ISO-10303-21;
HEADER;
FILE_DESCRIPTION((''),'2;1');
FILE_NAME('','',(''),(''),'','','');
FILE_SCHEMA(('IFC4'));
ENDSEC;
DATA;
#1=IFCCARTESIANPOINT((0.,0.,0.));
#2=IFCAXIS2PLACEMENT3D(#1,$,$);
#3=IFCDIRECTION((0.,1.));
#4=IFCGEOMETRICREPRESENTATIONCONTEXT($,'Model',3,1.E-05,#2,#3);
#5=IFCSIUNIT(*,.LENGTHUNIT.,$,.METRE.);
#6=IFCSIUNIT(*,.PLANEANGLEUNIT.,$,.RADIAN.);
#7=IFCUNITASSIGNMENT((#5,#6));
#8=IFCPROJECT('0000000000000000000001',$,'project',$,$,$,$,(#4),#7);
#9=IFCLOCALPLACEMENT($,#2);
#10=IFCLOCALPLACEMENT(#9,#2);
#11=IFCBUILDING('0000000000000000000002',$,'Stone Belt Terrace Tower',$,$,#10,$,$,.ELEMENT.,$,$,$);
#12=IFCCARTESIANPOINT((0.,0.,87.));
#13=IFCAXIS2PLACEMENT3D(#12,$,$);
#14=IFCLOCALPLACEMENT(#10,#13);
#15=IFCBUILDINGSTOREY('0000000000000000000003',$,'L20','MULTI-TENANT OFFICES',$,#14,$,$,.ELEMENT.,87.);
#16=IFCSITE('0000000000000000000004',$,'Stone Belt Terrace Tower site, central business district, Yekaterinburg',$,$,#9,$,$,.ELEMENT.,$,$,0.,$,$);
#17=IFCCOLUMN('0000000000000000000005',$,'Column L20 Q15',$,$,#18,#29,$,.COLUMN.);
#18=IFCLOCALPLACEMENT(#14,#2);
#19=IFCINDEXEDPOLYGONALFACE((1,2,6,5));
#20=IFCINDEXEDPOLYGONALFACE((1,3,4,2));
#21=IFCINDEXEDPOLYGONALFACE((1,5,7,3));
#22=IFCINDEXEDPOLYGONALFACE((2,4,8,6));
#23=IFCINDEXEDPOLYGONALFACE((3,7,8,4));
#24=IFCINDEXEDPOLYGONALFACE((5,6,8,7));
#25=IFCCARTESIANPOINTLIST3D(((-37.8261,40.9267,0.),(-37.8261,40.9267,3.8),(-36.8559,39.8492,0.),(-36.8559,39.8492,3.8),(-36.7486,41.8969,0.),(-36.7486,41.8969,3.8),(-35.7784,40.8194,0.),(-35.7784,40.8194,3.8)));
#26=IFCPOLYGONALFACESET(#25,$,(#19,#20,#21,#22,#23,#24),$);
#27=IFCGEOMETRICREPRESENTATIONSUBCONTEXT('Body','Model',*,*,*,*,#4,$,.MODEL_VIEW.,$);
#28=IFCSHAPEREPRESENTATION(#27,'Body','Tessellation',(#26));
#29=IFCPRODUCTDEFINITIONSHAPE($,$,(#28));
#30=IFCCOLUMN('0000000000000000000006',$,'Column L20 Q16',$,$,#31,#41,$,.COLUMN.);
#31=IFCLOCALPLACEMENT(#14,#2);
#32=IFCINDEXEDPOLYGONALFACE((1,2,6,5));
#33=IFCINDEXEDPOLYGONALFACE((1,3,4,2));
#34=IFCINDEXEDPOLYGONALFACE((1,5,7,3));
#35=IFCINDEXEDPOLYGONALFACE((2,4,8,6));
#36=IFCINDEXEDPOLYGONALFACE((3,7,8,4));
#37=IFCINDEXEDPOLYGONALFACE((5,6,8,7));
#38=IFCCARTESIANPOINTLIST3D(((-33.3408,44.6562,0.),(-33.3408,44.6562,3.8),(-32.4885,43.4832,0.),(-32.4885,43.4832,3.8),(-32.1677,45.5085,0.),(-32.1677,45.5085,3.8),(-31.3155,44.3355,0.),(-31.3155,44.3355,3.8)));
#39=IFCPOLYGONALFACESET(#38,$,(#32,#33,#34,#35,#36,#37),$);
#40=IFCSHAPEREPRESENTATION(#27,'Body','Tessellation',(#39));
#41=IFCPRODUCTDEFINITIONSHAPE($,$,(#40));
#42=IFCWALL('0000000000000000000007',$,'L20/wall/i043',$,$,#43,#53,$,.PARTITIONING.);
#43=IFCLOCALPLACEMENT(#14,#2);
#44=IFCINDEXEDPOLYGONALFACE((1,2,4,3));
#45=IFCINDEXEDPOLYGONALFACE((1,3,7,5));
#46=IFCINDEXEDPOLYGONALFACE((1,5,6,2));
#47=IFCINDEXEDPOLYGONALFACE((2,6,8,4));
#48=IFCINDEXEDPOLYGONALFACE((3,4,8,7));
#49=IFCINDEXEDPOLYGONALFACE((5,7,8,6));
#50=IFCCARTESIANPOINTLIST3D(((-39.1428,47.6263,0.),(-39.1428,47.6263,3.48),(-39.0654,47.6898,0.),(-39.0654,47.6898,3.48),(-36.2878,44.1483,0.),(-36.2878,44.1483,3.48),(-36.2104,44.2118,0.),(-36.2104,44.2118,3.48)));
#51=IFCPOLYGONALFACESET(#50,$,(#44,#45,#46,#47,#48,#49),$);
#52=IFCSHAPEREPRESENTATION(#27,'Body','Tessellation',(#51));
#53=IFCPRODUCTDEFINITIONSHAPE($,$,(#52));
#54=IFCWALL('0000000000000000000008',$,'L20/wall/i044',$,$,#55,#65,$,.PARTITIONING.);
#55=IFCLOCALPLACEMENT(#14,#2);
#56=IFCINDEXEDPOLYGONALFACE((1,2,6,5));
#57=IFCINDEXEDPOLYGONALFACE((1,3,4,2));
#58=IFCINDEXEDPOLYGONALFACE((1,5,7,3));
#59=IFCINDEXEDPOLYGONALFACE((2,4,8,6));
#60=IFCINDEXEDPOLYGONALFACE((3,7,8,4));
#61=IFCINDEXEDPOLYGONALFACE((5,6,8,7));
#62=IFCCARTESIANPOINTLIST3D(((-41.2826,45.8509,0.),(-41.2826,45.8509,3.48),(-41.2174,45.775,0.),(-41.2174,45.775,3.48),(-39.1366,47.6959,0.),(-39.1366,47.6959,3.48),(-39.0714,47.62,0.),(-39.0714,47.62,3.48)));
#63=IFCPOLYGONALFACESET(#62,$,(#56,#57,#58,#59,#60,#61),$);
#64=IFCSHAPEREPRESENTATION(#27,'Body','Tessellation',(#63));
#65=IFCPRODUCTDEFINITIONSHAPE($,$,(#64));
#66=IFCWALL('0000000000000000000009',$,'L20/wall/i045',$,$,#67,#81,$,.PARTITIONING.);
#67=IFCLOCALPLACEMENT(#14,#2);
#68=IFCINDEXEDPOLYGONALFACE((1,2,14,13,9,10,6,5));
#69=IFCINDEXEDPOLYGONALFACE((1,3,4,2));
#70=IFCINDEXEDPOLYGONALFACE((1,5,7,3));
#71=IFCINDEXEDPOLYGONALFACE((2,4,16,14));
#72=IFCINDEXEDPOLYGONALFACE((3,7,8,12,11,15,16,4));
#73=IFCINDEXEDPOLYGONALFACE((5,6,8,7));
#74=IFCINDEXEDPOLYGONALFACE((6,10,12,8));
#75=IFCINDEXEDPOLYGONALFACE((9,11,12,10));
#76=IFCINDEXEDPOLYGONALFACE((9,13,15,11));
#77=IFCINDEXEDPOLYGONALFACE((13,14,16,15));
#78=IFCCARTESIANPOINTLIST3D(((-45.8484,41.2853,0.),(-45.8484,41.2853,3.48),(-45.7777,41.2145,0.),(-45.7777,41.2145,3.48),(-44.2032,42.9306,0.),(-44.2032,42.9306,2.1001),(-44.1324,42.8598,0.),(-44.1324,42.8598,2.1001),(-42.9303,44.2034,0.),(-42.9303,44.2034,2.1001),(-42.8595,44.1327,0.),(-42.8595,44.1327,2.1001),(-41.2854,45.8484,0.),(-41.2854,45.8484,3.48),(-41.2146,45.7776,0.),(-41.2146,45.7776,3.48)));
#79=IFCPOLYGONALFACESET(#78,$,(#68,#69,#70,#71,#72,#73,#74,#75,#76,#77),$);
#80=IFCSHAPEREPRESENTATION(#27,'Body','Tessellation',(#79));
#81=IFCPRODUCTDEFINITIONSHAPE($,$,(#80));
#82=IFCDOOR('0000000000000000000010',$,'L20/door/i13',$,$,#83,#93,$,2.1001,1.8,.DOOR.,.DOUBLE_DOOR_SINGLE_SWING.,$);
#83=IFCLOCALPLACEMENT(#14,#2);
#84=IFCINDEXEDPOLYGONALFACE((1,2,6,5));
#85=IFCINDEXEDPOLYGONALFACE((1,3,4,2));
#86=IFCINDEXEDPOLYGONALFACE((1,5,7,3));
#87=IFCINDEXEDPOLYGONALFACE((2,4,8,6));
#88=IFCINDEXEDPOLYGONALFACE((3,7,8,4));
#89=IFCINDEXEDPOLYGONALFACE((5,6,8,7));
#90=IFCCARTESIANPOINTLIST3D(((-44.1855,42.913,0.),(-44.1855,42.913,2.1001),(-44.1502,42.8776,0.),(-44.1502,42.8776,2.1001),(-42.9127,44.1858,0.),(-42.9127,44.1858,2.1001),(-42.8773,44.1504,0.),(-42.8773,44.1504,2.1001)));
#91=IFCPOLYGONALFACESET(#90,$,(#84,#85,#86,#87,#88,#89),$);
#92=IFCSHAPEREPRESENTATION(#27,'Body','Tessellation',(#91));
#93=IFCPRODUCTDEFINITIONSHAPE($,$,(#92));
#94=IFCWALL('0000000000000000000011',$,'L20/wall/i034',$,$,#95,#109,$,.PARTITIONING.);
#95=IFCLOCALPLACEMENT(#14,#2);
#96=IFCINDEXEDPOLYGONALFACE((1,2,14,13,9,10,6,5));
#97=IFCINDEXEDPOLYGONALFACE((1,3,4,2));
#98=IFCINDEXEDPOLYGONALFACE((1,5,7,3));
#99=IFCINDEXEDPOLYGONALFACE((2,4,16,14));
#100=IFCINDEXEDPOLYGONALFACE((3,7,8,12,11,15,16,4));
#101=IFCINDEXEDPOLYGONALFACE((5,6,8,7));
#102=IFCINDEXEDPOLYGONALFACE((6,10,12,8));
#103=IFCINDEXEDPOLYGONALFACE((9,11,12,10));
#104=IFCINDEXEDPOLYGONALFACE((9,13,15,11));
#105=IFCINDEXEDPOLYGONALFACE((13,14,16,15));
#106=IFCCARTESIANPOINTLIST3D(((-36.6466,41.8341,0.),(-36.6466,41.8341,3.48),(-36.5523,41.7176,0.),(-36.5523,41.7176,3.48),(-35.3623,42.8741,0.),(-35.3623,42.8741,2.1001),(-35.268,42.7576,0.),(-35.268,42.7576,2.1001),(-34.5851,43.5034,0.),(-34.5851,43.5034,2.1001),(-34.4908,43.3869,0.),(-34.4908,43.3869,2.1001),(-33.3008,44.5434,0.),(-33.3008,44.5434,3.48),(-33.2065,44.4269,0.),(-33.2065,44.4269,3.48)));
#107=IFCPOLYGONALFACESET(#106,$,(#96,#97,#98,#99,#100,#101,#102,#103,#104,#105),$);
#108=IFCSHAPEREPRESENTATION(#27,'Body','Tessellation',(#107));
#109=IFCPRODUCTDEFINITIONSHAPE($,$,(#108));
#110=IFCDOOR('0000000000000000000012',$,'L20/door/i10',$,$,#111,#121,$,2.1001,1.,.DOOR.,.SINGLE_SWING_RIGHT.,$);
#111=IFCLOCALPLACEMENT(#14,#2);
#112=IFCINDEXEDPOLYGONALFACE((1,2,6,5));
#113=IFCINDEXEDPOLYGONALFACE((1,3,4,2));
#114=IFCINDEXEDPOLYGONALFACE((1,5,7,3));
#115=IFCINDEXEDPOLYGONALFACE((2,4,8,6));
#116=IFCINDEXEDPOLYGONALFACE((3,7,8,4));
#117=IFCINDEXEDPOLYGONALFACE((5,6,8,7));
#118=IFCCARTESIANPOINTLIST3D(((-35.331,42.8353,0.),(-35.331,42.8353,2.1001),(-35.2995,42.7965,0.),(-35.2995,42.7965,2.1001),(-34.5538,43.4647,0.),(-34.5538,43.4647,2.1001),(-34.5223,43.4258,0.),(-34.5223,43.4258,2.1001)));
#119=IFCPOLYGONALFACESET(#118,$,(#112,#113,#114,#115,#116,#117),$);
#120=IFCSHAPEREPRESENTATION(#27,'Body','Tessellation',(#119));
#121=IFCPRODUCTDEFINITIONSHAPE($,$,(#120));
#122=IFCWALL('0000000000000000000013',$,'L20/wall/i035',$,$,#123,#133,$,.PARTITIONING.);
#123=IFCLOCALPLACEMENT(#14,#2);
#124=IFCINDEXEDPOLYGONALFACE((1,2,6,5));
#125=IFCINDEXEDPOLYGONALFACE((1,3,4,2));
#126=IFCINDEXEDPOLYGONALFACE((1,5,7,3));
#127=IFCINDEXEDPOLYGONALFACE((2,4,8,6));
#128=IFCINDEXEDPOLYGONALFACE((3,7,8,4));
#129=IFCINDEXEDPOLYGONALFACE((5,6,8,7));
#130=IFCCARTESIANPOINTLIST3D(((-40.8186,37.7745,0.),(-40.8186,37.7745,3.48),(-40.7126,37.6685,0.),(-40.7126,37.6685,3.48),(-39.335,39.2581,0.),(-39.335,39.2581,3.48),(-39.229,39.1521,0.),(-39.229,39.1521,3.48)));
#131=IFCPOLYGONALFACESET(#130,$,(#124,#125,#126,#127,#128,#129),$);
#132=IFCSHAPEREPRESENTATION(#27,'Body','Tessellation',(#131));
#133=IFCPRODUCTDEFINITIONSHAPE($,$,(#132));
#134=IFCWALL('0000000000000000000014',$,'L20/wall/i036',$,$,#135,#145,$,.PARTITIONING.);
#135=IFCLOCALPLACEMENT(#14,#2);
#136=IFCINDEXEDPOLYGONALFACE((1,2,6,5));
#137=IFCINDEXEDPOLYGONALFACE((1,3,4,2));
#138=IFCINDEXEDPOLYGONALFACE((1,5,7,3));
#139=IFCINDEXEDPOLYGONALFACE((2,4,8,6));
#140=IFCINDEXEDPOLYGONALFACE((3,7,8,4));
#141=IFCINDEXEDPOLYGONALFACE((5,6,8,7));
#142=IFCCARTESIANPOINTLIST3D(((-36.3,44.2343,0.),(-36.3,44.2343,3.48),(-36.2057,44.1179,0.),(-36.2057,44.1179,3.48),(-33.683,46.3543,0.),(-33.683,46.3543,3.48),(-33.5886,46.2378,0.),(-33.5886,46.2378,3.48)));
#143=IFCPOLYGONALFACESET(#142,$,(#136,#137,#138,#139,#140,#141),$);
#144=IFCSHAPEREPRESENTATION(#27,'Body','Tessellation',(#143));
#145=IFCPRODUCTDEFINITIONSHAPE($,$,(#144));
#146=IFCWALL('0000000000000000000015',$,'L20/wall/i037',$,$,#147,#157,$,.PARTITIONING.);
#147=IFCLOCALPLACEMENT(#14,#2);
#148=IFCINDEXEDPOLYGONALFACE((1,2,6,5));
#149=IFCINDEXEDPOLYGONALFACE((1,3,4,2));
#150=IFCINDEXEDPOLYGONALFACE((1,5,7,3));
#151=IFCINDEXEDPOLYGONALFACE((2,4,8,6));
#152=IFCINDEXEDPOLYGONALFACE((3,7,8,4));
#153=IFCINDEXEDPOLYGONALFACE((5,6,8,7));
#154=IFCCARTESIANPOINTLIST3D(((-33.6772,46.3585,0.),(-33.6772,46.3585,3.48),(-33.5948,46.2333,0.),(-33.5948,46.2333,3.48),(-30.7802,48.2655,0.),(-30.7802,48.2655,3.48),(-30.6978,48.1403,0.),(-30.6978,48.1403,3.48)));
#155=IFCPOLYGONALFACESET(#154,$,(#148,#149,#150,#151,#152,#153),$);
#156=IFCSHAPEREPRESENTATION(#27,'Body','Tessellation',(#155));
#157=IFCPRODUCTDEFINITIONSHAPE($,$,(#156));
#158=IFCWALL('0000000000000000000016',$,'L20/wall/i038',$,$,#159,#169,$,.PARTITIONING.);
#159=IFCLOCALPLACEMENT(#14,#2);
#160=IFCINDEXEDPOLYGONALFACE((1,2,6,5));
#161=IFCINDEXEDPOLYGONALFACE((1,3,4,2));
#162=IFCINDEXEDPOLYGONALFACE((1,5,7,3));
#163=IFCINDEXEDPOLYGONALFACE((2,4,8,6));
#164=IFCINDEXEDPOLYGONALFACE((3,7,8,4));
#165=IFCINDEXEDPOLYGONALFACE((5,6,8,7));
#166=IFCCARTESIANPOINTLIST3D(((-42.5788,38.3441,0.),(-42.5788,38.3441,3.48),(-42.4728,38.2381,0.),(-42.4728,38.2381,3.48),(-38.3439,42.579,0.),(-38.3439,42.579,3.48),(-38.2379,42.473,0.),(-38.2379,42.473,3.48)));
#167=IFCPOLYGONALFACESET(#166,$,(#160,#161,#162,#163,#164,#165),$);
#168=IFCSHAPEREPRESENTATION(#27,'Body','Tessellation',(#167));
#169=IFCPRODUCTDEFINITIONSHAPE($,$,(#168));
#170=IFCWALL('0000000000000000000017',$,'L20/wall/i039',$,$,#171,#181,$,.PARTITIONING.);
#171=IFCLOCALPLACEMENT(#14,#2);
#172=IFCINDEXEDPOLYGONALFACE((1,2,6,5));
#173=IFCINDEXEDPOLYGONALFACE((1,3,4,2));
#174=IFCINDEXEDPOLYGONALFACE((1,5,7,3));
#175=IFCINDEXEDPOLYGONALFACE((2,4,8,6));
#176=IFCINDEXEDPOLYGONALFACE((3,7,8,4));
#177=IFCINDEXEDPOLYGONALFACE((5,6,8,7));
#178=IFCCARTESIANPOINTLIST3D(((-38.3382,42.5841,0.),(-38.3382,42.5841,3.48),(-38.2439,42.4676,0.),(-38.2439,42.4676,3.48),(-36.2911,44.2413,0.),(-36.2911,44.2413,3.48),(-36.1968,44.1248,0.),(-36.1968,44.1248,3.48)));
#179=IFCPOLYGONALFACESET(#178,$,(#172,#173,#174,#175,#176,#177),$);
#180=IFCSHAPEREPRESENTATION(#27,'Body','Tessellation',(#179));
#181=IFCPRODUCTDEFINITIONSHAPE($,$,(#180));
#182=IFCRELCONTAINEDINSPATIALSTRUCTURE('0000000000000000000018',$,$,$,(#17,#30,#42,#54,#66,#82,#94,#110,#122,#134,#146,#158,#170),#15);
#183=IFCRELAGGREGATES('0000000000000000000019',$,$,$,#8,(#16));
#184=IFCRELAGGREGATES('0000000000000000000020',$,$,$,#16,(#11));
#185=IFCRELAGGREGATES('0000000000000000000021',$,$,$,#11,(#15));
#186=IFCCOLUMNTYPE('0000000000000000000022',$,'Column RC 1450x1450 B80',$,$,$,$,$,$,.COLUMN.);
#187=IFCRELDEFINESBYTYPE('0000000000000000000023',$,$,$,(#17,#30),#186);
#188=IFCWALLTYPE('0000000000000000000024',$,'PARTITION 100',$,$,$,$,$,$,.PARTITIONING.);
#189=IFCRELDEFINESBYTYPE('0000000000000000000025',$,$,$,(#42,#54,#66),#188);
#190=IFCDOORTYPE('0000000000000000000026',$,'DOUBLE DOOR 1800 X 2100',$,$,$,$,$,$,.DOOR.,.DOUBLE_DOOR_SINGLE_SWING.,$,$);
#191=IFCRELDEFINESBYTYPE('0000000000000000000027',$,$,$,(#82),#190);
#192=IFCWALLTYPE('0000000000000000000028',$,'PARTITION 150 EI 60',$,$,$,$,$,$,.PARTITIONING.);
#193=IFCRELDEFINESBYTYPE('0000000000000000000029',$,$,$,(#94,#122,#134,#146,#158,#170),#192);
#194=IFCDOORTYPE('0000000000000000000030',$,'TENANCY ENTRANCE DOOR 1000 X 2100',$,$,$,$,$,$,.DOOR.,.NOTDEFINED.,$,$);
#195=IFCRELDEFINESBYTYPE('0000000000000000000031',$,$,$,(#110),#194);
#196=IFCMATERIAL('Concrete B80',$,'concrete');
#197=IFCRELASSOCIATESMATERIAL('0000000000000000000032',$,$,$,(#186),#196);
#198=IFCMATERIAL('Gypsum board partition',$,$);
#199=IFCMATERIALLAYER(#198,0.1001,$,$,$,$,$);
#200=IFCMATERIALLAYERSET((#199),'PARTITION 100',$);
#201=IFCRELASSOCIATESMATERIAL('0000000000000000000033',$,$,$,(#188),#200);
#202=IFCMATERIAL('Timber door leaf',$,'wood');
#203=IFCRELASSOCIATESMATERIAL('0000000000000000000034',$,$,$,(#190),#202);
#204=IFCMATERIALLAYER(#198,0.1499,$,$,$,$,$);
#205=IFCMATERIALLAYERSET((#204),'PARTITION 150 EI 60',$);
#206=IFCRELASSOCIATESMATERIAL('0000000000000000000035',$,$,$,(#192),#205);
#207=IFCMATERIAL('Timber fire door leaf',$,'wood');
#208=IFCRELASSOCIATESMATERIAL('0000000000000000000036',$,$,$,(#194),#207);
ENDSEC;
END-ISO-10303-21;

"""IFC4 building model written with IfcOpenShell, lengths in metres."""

from ifc_helpers import new_model, si_unit, direction, frame, frame_2d, origin, origin_2d, place, context, subcontext, project, spatial, rectangle, extrude, material, layer, layer_set, material_profile, profile_set, type_object, element, fill, save


model = new_model("IFC4")

# Units and contexts
model_context = context("Model", 3, precision=1e-05, world=origin(), true_north=direction((0.0, 1.0)))
body_context = subcontext(model_context, "Body", "Model", "MODEL_VIEW")
ifc_project = project(units=[si_unit("LENGTHUNIT", "METRE"), si_unit("PLANEANGLEUNIT", "RADIAN")], contexts=[model_context])

# Site, building, storey
site_placement = place(None, origin())
site = spatial("IfcSite", under=ifc_project, at=site_placement, Name="Stone Belt Terrace Tower site, central business district, Yekaterinburg", CompositionType="ELEMENT", RefElevation=0.0)
building_placement = place(site_placement, origin())
building = spatial("IfcBuilding", under=site, at=building_placement, Name="Stone Belt Terrace Tower", CompositionType="ELEMENT")
storey_placement = place(building_placement, frame((0.0, 0.0, 87.0)))
storey = spatial("IfcBuildingStorey", under=building, at=storey_placement, Name="L20", Description="MULTI-TENANT OFFICES", CompositionType="ELEMENT", Elevation=87.0)

# Columns
ifc_material_1 = material(Name="Concrete B80", Category="concrete")
ifc_material_profile = material_profile(ifc_material_1, rectangle(XDim=1.45, YDim=1.45, at=origin_2d()), Name="RC 1450x1450")
ifc_profile_set = profile_set([ifc_material_profile], Name="Concrete B80")
column_type = type_object("IfcColumnType", Name="Column RC 1450x1450 B80", PredefinedType="COLUMN", material=ifc_profile_set)
for number, where, z_axis, x_axis, name in (
    (1, (-36.8022, 40.873, 0.0), (0.0, 0.0, 1.0), (0.743145, 0.669131, 0.0), "Column L20 Q15"),
    (2, (-32.3281, 44.4958, 0.0), (0.0, 0.0, 1.0), (0.809017, 0.587785, 0.0), "Column L20 Q16"),
):
    element("IfcColumn", number, at=place(storey_placement, frame(where, z_axis=z_axis, x_axis=x_axis)), inside=storey, type_object=column_type, Name=name, PredefinedType="COLUMN", context=body_context, shape_type="SweptSolid", body=[
        extrude(rectangle(XDim=1.45, YDim=1.45, at=origin_2d()), origin(), (0.0, 0.0, 1.0), 3.8),
    ])

# Walls
ifc_material_2 = material(Name="Gypsum board partition")
ifc_layer_1 = layer(ifc_material_2, 0.1001)
ifc_layer_set_1 = layer_set([ifc_layer_1], Name="PARTITION 100")
wall_type_1 = type_object("IfcWallType", Name="PARTITION 100", PredefinedType="PARTITIONING", material=ifc_layer_set_1)
wall_1_placement = place(storey_placement, frame((-36.249, 44.1799, 0.0), z_axis=(0.0, 0.0, 1.0), x_axis=(-0.634478, 0.772941, 0.0)))
element("IfcWall", 3, at=wall_1_placement, inside=storey, type_object=wall_type_1, Name="L20/wall/i043", PredefinedType="PARTITIONING", context=body_context, shape_type="SweptSolid", body=[
    extrude(rectangle(XDim=4.4998, YDim=0.1001, at=frame_2d((2.25, 0.0))), origin(), (0.0, 0.0, 1.0), 3.48),
])
wall_2_placement = place(storey_placement, frame((-39.104, 47.658, 0.0), z_axis=(0.0, 0.0, 1.0), x_axis=(-0.758288, -0.65192, 0.0)))
element("IfcWall", 4, at=wall_2_placement, inside=storey, type_object=wall_type_1, Name="L20/wall/i044", PredefinedType="PARTITIONING", context=body_context, shape_type="SweptSolid", body=[
    extrude(rectangle(XDim=2.8301, YDim=0.1001, at=frame_2d((1.415, 0.0))), origin(), (0.0, 0.0, 1.0), 3.48),
])

# Walls, openings, doors
wall_3_placement = place(storey_placement, frame((-41.25, 45.813, 0.0), z_axis=(0.0, 0.0, 1.0), x_axis=(-0.707107, -0.707107, 0.0)))
wall_3 = element("IfcWall", 5, at=wall_3_placement, inside=storey, type_object=wall_type_1, Name="L20/wall/i045", PredefinedType="PARTITIONING", context=body_context, shape_type="SweptSolid", body=[
    extrude(rectangle(XDim=6.4531, YDim=0.1001, at=frame_2d((3.2266, 0.0))), origin(), (0.0, 0.0, 1.0), 3.48),
])
opening_1_placement = place(wall_3_placement, frame((2.3264, 0.0, 0.0)))
opening_1 = element("IfcOpeningElement", 6, at=opening_1_placement, cuts=wall_3, PredefinedType="OPENING", context=body_context, shape_type="SweptSolid", body=[
    extrude(rectangle(XDim=1.8, YDim=2.1001, at=frame_2d((0.8999, 1.05))), frame((0.0, 0.0601, 0.0), z_axis=(0.0, -1.0, 0.0), x_axis=(1.0, 0.0, 0.0)), (0.0, 0.0, 1.0), 0.1201),
])
ifc_material_3 = material(Name="Timber door leaf", Category="wood")
door_type_1 = type_object("IfcDoorType", Name="DOUBLE DOOR 1800 X 2100", OperationType="DOUBLE_DOOR_SINGLE_SWING", PredefinedType="DOOR", material=ifc_material_3)
door_1_placement = place(opening_1_placement, origin())
door_1 = element("IfcDoor", 7, at=door_1_placement, inside=storey, type_object=door_type_1, Name="L20/door/i13", OperationType="DOUBLE_DOOR_SINGLE_SWING", OverallHeight=2.1001, OverallWidth=1.8, PredefinedType="DOOR", context=body_context, shape_type="SweptSolid", body=[
    extrude(rectangle(XDim=1.8, YDim=2.1001, at=frame_2d((0.8999, 1.05))), frame((0.0, 0.0249, 0.0), z_axis=(0.0, -1.0, 0.0), x_axis=(1.0, 0.0, 0.0)), (0.0, 0.0, 1.0), 0.05),
])
fill(opening_1, door_1)
ifc_layer_2 = layer(ifc_material_2, 0.1499)
ifc_layer_set_2 = layer_set([ifc_layer_2], Name="PARTITION 150 EI 60")
wall_type_2 = type_object("IfcWallType", Name="PARTITION 150 EI 60", PredefinedType="PARTITIONING", material=ifc_layer_set_2)
wall_4_placement = place(storey_placement, frame((-33.2537, 44.4851, 0.0), z_axis=(0.0, 0.0, 1.0), x_axis=(-0.777154, -0.629311, 0.0)))
wall_4 = element("IfcWall", 8, at=wall_4_placement, inside=storey, type_object=wall_type_2, Name="L20/wall/i034", PredefinedType="PARTITIONING", context=body_context, shape_type="SweptSolid", body=[
    extrude(rectangle(XDim=4.3052, YDim=0.1499, at=frame_2d((2.1526, 0.0))), origin(), (0.0, 0.0, 1.0), 3.48),
])
opening_2_placement = place(wall_4_placement, frame((1.6526, 0.0, 0.0)))
opening_2 = element("IfcOpeningElement", 9, at=opening_2_placement, cuts=wall_4, PredefinedType="OPENING", context=body_context, shape_type="SweptSolid", body=[
    extrude(rectangle(XDim=1.0, YDim=2.1001, at=frame_2d((0.5, 1.05))), frame((0.0, 0.085, 0.0), z_axis=(0.0, -1.0, 0.0), x_axis=(1.0, 0.0, 0.0)), (0.0, 0.0, 1.0), 0.1699),
])
ifc_material_4 = material(Name="Timber fire door leaf", Category="wood")
door_type_2 = type_object("IfcDoorType", Name="TENANCY ENTRANCE DOOR 1000 X 2100", OperationType="NOTDEFINED", PredefinedType="DOOR", material=ifc_material_4)
door_2_placement = place(opening_2_placement, origin())
door_2 = element("IfcDoor", 10, at=door_2_placement, inside=storey, type_object=door_type_2, Name="L20/door/i10", OperationType="SINGLE_SWING_RIGHT", OverallHeight=2.1001, OverallWidth=1.0, PredefinedType="DOOR", context=body_context, shape_type="SweptSolid", body=[
    extrude(rectangle(XDim=1.0, YDim=2.1001, at=frame_2d((0.5, 1.05))), frame((0.0, 0.0249, 0.0), z_axis=(0.0, -1.0, 0.0), x_axis=(1.0, 0.0, 0.0)), (0.0, 0.0, 1.0), 0.05),
])
fill(opening_2, door_2)

# Walls
wall_5_placement = place(storey_placement, frame((-39.282, 39.2051, 0.0), z_axis=(0.0, 0.0, 1.0), x_axis=(-0.707107, -0.707107, 0.0)))
element("IfcWall", 11, at=wall_5_placement, inside=storey, type_object=wall_type_2, Name="L20/wall/i035", PredefinedType="PARTITIONING", context=body_context, shape_type="SweptSolid", body=[
    extrude(rectangle(XDim=2.0981, YDim=0.1499, at=frame_2d((1.0491, 0.0))), origin(), (0.0, 0.0, 1.0), 3.48),
])
wall_6_placement = place(storey_placement, frame((-36.2529, 44.176, 0.0), z_axis=(0.0, 0.0, 1.0), x_axis=(0.777042, 0.629448, 0.0)))
element("IfcWall", 12, at=wall_6_placement, inside=storey, type_object=wall_type_2, Name="L20/wall/i036", PredefinedType="PARTITIONING", context=body_context, shape_type="SweptSolid", body=[
    extrude(rectangle(XDim=3.3679, YDim=0.1499, at=frame_2d((1.6841, 0.0))), origin(), (0.0, 0.0, 1.0), 3.48),
])
wall_7_placement = place(storey_placement, frame((-33.636, 46.2959, 0.0), z_axis=(0.0, 0.0, 1.0), x_axis=(0.835274, 0.549834, 0.0)))
element("IfcWall", 13, at=wall_7_placement, inside=storey, type_object=wall_type_2, Name="L20/wall/i037", PredefinedType="PARTITIONING", context=body_context, shape_type="SweptSolid", body=[
    extrude(rectangle(XDim=3.4683, YDim=0.1499, at=frame_2d((1.7341, 0.0))), origin(), (0.0, 0.0, 1.0), 3.48),
])
wall_8_placement = place(storey_placement, frame((-42.5259, 38.291, 0.0), z_axis=(0.0, 0.0, 1.0), x_axis=(0.707107, 0.707107, 0.0)))
element("IfcWall", 14, at=wall_8_placement, inside=storey, type_object=wall_type_2, Name="L20/wall/i038", PredefinedType="PARTITIONING", context=body_context, shape_type="SweptSolid", body=[
    extrude(rectangle(XDim=5.989, YDim=0.1499, at=frame_2d((2.9946, 0.0))), origin(), (0.0, 0.0, 1.0), 3.48),
])
wall_9_placement = place(storey_placement, frame((-38.291, 42.5259, 0.0), z_axis=(0.0, 0.0, 1.0), x_axis=(0.777238, 0.629206, 0.0)))
element("IfcWall", 15, at=wall_9_placement, inside=storey, type_object=wall_type_2, Name="L20/wall/i039", PredefinedType="PARTITIONING", context=body_context, shape_type="SweptSolid", body=[
    extrude(rectangle(XDim=2.6338, YDim=0.1499, at=frame_2d((1.3169, 0.0))), origin(), (0.0, 0.0, 1.0), 3.48),
])

save(model, "model.ifc")
